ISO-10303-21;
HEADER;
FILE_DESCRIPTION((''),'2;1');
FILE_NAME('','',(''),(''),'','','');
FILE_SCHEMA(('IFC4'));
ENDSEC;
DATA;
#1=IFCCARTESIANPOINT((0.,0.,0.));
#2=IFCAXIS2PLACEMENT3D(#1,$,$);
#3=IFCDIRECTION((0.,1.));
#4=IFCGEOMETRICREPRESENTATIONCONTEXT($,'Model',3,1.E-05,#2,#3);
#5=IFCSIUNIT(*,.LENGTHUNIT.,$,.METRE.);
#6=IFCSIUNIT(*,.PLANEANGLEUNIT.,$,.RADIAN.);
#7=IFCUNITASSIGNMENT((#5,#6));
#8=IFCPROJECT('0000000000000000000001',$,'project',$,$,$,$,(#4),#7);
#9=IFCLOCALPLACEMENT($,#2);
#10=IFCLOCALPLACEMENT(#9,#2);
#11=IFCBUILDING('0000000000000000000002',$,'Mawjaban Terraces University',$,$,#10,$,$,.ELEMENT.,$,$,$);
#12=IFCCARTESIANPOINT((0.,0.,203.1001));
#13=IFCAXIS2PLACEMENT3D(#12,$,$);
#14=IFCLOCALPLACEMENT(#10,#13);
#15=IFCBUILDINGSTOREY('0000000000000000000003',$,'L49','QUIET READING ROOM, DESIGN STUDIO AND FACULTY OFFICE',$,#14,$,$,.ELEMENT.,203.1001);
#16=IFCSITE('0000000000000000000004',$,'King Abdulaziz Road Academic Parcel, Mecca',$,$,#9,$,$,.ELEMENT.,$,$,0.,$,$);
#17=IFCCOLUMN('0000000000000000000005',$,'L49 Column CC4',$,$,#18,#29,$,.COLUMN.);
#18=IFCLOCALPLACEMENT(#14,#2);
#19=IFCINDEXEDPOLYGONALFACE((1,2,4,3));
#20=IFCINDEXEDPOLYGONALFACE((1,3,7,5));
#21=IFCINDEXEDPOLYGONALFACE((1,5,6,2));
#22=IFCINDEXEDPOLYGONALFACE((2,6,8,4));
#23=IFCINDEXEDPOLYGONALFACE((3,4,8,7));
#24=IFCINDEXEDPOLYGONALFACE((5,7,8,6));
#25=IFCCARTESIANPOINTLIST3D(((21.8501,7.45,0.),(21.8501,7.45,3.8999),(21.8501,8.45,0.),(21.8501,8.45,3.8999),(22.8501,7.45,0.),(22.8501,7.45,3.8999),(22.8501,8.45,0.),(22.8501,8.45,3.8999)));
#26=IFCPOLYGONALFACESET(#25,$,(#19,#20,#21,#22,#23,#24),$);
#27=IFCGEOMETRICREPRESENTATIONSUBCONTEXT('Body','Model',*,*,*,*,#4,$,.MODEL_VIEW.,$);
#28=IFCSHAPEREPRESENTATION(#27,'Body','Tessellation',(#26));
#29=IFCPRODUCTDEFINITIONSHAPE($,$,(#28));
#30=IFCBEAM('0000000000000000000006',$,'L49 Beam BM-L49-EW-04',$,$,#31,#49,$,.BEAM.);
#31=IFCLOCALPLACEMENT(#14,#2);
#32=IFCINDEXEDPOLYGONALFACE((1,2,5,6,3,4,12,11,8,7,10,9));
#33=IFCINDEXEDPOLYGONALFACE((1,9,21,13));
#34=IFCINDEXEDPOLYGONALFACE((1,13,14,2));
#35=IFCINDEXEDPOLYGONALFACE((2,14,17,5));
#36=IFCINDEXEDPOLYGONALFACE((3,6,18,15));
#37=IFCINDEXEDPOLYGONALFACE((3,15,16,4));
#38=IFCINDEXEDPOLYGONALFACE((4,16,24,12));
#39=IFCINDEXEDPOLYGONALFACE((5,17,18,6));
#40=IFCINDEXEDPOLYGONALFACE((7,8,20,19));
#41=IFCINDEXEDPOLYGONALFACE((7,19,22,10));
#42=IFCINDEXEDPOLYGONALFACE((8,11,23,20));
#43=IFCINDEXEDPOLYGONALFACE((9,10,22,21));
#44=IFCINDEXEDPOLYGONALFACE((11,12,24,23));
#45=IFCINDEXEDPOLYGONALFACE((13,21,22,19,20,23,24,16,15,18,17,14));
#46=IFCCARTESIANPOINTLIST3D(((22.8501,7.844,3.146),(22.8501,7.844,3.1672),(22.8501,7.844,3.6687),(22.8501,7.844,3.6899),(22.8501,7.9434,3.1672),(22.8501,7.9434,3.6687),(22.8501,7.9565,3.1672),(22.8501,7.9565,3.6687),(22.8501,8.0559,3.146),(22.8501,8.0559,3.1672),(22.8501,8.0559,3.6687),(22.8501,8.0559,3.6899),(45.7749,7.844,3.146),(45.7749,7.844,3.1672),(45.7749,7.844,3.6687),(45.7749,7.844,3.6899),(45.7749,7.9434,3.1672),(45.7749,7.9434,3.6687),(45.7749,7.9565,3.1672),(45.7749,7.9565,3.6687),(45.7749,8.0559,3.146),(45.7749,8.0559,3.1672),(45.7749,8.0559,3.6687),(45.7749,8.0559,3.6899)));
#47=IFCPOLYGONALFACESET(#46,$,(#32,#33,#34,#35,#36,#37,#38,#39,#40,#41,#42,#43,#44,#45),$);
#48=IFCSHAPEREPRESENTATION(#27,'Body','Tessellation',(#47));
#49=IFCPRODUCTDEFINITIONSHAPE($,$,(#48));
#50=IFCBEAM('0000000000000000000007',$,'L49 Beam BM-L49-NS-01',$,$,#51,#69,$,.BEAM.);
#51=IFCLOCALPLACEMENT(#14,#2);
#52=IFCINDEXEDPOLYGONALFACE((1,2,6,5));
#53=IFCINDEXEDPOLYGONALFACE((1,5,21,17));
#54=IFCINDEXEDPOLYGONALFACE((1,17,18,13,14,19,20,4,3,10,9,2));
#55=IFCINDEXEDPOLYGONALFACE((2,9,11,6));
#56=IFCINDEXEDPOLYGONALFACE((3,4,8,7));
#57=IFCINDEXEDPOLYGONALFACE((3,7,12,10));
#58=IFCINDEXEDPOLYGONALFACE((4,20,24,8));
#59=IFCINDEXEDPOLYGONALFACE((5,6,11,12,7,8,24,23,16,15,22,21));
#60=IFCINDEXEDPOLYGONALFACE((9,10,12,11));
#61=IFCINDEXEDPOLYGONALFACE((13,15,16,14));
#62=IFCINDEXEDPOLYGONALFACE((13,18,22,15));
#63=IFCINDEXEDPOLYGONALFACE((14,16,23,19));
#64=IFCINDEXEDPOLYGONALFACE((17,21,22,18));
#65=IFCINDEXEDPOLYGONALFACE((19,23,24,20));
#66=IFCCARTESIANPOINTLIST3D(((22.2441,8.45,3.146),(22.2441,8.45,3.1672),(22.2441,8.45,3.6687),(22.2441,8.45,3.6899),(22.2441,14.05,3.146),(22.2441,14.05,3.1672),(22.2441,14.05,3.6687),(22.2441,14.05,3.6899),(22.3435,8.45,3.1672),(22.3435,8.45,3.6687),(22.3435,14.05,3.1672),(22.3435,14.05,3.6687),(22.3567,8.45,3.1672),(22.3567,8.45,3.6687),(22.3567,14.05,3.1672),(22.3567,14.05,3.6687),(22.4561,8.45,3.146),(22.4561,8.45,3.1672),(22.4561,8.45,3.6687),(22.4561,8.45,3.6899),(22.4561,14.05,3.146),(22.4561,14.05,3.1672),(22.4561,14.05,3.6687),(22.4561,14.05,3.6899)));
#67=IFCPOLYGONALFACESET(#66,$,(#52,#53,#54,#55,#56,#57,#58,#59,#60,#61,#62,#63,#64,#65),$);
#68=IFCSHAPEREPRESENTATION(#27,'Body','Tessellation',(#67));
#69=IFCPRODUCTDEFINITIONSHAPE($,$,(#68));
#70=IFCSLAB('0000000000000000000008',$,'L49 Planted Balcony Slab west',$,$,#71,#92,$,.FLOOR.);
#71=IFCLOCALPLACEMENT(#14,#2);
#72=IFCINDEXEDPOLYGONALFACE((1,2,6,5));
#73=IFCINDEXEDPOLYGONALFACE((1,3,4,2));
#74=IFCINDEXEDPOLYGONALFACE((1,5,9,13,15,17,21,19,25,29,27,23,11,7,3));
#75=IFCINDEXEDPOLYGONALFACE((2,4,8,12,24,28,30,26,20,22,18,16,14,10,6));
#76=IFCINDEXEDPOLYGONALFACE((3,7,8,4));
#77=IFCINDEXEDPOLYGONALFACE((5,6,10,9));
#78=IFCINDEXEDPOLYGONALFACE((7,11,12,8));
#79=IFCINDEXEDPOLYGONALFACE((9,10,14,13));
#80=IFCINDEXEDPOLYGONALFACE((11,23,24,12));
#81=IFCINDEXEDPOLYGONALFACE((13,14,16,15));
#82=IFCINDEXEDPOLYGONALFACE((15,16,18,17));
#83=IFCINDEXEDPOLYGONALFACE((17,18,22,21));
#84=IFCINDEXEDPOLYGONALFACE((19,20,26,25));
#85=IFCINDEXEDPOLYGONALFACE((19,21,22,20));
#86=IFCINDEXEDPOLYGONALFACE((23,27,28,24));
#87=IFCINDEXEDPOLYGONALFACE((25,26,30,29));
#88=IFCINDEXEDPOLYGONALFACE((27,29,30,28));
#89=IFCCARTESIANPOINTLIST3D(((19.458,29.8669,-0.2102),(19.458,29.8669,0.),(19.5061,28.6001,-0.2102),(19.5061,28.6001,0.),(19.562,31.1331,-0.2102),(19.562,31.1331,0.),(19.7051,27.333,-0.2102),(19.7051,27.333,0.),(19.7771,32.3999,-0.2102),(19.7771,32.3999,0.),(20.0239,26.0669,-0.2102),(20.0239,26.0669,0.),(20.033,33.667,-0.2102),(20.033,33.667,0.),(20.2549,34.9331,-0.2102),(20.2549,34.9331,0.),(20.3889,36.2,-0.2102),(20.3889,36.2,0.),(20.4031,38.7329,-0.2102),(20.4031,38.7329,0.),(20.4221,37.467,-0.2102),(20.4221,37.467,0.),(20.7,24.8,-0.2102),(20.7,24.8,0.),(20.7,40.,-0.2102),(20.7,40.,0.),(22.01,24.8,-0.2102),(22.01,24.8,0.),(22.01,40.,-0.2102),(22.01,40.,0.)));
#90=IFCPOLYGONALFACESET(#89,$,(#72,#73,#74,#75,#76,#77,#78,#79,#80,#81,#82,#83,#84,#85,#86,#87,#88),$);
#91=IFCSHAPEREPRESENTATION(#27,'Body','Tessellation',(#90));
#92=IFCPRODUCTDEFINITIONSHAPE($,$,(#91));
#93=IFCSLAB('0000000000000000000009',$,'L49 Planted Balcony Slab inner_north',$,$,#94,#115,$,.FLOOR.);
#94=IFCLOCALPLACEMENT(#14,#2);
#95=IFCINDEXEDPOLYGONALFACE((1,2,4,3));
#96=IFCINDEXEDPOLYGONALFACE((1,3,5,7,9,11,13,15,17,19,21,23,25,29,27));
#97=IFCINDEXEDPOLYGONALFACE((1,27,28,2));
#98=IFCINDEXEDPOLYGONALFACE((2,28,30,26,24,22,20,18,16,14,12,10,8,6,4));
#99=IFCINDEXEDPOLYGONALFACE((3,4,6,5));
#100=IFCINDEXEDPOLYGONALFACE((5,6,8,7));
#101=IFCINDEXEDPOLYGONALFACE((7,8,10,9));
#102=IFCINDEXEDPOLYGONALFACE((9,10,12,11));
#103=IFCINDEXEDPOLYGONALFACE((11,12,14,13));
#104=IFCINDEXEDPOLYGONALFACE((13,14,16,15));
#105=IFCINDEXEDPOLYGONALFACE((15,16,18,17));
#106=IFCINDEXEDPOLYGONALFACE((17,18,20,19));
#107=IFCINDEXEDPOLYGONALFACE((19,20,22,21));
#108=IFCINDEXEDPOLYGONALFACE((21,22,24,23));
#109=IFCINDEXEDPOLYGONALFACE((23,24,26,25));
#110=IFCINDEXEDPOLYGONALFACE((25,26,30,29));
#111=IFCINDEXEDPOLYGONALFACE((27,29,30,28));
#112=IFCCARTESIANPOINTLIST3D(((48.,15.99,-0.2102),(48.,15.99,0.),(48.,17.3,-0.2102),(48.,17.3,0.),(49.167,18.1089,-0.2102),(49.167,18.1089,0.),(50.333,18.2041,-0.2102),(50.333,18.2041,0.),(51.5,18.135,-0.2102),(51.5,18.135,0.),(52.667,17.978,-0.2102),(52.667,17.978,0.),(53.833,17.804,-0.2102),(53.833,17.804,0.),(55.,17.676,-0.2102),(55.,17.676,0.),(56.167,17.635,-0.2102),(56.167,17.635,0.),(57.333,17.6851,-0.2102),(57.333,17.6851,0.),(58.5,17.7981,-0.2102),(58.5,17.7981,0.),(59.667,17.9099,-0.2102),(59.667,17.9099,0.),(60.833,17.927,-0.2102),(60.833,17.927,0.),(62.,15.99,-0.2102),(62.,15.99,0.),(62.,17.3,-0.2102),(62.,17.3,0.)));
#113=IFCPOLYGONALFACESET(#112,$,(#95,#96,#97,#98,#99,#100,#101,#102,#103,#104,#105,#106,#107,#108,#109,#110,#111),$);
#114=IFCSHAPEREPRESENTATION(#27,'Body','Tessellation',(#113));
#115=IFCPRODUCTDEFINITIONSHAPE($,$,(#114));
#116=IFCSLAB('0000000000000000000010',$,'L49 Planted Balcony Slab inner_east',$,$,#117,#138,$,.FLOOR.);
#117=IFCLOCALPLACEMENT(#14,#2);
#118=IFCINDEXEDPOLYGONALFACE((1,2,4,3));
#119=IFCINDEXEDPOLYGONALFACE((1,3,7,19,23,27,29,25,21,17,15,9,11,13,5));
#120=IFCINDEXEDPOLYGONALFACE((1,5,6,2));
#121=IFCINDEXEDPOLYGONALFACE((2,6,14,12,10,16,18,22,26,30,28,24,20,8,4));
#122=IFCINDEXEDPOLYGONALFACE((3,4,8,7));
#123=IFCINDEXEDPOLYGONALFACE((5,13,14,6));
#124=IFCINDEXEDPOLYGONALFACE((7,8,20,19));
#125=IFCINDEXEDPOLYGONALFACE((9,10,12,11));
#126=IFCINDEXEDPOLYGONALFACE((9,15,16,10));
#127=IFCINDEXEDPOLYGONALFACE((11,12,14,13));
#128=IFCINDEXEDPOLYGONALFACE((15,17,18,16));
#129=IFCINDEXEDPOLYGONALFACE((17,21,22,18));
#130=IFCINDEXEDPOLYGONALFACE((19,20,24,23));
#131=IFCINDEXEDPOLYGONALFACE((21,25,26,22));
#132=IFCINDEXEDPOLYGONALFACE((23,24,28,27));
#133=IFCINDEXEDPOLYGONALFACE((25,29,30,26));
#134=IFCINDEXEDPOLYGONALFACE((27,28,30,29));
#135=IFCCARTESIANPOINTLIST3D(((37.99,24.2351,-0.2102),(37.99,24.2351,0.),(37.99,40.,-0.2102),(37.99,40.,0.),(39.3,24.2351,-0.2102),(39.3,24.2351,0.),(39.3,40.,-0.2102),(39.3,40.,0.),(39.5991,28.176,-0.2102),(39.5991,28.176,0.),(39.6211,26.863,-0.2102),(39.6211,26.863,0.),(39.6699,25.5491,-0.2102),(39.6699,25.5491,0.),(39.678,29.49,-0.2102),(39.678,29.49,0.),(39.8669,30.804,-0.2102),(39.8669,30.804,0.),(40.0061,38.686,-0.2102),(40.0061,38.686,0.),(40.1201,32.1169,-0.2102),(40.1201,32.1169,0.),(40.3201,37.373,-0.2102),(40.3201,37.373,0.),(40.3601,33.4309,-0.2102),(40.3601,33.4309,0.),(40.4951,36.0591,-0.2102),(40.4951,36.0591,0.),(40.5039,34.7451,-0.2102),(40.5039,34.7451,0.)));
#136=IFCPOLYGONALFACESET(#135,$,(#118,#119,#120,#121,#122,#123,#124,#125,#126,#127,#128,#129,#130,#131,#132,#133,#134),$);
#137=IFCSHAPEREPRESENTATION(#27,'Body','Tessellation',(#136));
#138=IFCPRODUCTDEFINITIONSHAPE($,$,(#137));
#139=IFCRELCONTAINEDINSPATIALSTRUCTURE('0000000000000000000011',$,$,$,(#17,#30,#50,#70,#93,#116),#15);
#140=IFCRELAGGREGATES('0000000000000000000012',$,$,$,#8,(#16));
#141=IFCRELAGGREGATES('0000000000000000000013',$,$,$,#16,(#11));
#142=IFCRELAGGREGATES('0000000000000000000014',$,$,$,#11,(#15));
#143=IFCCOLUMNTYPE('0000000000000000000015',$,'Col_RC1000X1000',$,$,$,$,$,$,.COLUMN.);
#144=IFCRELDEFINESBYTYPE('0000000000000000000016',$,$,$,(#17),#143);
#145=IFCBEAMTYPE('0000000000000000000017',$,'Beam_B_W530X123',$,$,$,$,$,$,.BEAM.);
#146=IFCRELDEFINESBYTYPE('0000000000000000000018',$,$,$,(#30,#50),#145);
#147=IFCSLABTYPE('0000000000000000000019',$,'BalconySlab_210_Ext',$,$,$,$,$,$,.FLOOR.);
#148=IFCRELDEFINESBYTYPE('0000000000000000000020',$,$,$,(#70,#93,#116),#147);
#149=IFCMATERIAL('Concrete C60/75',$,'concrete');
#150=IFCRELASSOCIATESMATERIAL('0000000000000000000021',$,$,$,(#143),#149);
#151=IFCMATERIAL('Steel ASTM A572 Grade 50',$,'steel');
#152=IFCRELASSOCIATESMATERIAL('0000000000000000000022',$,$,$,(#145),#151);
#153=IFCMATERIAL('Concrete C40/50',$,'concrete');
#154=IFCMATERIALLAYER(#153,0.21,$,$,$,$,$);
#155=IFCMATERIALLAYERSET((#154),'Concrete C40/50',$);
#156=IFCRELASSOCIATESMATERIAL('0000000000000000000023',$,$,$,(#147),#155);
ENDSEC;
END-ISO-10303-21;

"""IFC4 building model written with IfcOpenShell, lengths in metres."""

from ifc_helpers import new_model, si_unit, direction, frame, origin, origin_2d, place, context, subcontext, project, spatial, polyline, rectangle, i_section, outline, extrude, material, layer, layer_set, material_profile, profile_set, type_object, element, save


model = new_model("IFC4")

# Units and contexts
model_context = context("Model", 3, precision=1e-05, world=origin(), true_north=direction((0.0, 1.0)))
body_context = subcontext(model_context, "Body", "Model", "MODEL_VIEW")
ifc_project = project(units=[si_unit("LENGTHUNIT", "METRE"), si_unit("PLANEANGLEUNIT", "RADIAN")], contexts=[model_context])

# Site, building, storey
site_placement = place(None, origin())
site = spatial("IfcSite", under=ifc_project, at=site_placement, Name="King Abdulaziz Road Academic Parcel, Mecca", CompositionType="ELEMENT", RefElevation=0.0)
building_placement = place(site_placement, origin())
building = spatial("IfcBuilding", under=site, at=building_placement, Name="Mawjaban Terraces University", CompositionType="ELEMENT")
storey_placement = place(building_placement, frame((0.0, 0.0, 203.1001)))
storey = spatial("IfcBuildingStorey", under=building, at=storey_placement, Name="L49", Description="QUIET READING ROOM, DESIGN STUDIO AND FACULTY OFFICE", CompositionType="ELEMENT", Elevation=203.1001)

# Column
ifc_material_1 = material(Name="Concrete C60/75", Category="concrete")
ifc_material_profile_1 = material_profile(ifc_material_1, rectangle(XDim=1.0, YDim=1.0, at=origin_2d()), Name="RC1000X1000")
ifc_profile_set_1 = profile_set([ifc_material_profile_1], Name="Concrete C60/75")
column_type = type_object("IfcColumnType", Name="Col_RC1000X1000", PredefinedType="COLUMN", material=ifc_profile_set_1)
column_placement = place(storey_placement, frame((22.3501, 7.95, 0.0), z_axis=(0.0, 0.0, 1.0), x_axis=(1.0, 0.0, 0.0)))
element("IfcColumn", 1, at=column_placement, inside=storey, type_object=column_type, Name="L49 Column CC4", PredefinedType="COLUMN", context=body_context, shape_type="SweptSolid", body=[
    extrude(rectangle(XDim=1.0, YDim=1.0, at=origin_2d()), origin(), (0.0, 0.0, 1.0), 3.8999),
])

# Beams
ifc_material_2 = material(Name="Steel ASTM A572 Grade 50", Category="steel")
ifc_material_profile_2 = material_profile(ifc_material_2, i_section(OverallWidth=0.2119, OverallDepth=0.5439, WebThickness=0.0132, FlangeThickness=0.0212, at=origin_2d()), Name="W530X123")
ifc_profile_set_2 = profile_set([ifc_material_profile_2], Name="Steel ASTM A572 Grade 50")
beam_type = type_object("IfcBeamType", Name="Beam_B_W530X123", PredefinedType="BEAM", material=ifc_profile_set_2)
beam_1_placement = place(storey_placement, frame((22.8501, 7.95, 3.418), z_axis=(1.0, 0.0, 0.0), x_axis=(0.0, 1.0, 0.0)))
element("IfcBeam", 2, at=beam_1_placement, inside=storey, type_object=beam_type, Name="L49 Beam BM-L49-EW-04", PredefinedType="BEAM", context=body_context, shape_type="SweptSolid", body=[
    extrude(i_section(OverallWidth=0.2119, OverallDepth=0.5439, WebThickness=0.0132, FlangeThickness=0.0212, at=origin_2d()), origin(), (0.0, 0.0, 1.0), 22.9248),
])
beam_2_placement = place(storey_placement, frame((22.3501, 8.45, 3.418), z_axis=(0.0, 1.0, 0.0), x_axis=(-1.0, 0.0, 0.0)))
element("IfcBeam", 3, at=beam_2_placement, inside=storey, type_object=beam_type, Name="L49 Beam BM-L49-NS-01", PredefinedType="BEAM", context=body_context, shape_type="SweptSolid", body=[
    extrude(i_section(OverallWidth=0.2119, OverallDepth=0.5439, WebThickness=0.0132, FlangeThickness=0.0212, at=origin_2d()), origin(), (0.0, 0.0, 1.0), 5.6001),
])

# Slabs
ifc_material_3 = material(Name="Concrete C40/50", Category="concrete")
ifc_layer_1 = layer(ifc_material_3, 0.21)
ifc_layer_set_1 = layer_set([ifc_layer_1], Name="Concrete C40/50")
slab_type_1 = type_object("IfcSlabType", Name="BalconySlab_210_Ext", PredefinedType="FLOOR", material=ifc_layer_set_1)
slab_1_placement = place(storey_placement, frame((0.0, 0.0, -0.2102)))
element("IfcSlab", 4, at=slab_1_placement, inside=storey, type_object=slab_type_1, Name="L49 Planted Balcony Slab west", PredefinedType="FLOOR", context=body_context, shape_type="SweptSolid", body=[
    extrude(outline(polyline([(22.01, 24.8), (22.01, 40.0), (20.7, 40.0), (20.4031, 38.7329), (20.4221, 37.467), (20.3889, 36.2), (20.2549, 34.9331), (20.033, 33.667), (19.7771, 32.3999), (19.562, 31.1331), (19.458, 29.8669), (19.5061, 28.6001), (19.7051, 27.333), (20.0239, 26.0669), (20.7, 24.8), (22.01, 24.8)])), origin(), (0.0, 0.0, 1.0), 0.2102),
])
slab_2_placement = place(storey_placement, frame((0.0, 0.0, -0.2102)))
element("IfcSlab", 5, at=slab_2_placement, inside=storey, type_object=slab_type_1, Name="L49 Planted Balcony Slab inner_north", PredefinedType="FLOOR", context=body_context, shape_type="SweptSolid", body=[
    extrude(outline(polyline([(48.0, 15.99), (62.0, 15.99), (62.0, 17.3), (60.833, 17.927), (59.667, 17.9099), (58.5, 17.7981), (57.333, 17.6851), (56.167, 17.635), (55.0, 17.676), (53.833, 17.804), (52.667, 17.978), (51.5, 18.135), (50.333, 18.2041), (49.167, 18.1089), (48.0, 17.3), (48.0, 15.99)])), origin(), (0.0, 0.0, 1.0), 0.2102),
])
slab_3_placement = place(storey_placement, frame((0.0, 0.0, -0.2102)))
element("IfcSlab", 6, at=slab_3_placement, inside=storey, type_object=slab_type_1, Name="L49 Planted Balcony Slab inner_east", PredefinedType="FLOOR", context=body_context, shape_type="SweptSolid", body=[
    extrude(outline(polyline([(39.3, 24.2351), (39.6699, 25.5491), (39.6211, 26.863), (39.5991, 28.176), (39.678, 29.49), (39.8669, 30.804), (40.1201, 32.1169), (40.3601, 33.4309), (40.5039, 34.7451), (40.4951, 36.0591), (40.3201, 37.373), (40.0061, 38.686), (39.3, 40.0), (37.99, 40.0), (37.99, 24.2351), (39.3, 24.2351)])), origin(), (0.0, 0.0, 1.0), 0.2102),
])

save(model, "model.ifc")
